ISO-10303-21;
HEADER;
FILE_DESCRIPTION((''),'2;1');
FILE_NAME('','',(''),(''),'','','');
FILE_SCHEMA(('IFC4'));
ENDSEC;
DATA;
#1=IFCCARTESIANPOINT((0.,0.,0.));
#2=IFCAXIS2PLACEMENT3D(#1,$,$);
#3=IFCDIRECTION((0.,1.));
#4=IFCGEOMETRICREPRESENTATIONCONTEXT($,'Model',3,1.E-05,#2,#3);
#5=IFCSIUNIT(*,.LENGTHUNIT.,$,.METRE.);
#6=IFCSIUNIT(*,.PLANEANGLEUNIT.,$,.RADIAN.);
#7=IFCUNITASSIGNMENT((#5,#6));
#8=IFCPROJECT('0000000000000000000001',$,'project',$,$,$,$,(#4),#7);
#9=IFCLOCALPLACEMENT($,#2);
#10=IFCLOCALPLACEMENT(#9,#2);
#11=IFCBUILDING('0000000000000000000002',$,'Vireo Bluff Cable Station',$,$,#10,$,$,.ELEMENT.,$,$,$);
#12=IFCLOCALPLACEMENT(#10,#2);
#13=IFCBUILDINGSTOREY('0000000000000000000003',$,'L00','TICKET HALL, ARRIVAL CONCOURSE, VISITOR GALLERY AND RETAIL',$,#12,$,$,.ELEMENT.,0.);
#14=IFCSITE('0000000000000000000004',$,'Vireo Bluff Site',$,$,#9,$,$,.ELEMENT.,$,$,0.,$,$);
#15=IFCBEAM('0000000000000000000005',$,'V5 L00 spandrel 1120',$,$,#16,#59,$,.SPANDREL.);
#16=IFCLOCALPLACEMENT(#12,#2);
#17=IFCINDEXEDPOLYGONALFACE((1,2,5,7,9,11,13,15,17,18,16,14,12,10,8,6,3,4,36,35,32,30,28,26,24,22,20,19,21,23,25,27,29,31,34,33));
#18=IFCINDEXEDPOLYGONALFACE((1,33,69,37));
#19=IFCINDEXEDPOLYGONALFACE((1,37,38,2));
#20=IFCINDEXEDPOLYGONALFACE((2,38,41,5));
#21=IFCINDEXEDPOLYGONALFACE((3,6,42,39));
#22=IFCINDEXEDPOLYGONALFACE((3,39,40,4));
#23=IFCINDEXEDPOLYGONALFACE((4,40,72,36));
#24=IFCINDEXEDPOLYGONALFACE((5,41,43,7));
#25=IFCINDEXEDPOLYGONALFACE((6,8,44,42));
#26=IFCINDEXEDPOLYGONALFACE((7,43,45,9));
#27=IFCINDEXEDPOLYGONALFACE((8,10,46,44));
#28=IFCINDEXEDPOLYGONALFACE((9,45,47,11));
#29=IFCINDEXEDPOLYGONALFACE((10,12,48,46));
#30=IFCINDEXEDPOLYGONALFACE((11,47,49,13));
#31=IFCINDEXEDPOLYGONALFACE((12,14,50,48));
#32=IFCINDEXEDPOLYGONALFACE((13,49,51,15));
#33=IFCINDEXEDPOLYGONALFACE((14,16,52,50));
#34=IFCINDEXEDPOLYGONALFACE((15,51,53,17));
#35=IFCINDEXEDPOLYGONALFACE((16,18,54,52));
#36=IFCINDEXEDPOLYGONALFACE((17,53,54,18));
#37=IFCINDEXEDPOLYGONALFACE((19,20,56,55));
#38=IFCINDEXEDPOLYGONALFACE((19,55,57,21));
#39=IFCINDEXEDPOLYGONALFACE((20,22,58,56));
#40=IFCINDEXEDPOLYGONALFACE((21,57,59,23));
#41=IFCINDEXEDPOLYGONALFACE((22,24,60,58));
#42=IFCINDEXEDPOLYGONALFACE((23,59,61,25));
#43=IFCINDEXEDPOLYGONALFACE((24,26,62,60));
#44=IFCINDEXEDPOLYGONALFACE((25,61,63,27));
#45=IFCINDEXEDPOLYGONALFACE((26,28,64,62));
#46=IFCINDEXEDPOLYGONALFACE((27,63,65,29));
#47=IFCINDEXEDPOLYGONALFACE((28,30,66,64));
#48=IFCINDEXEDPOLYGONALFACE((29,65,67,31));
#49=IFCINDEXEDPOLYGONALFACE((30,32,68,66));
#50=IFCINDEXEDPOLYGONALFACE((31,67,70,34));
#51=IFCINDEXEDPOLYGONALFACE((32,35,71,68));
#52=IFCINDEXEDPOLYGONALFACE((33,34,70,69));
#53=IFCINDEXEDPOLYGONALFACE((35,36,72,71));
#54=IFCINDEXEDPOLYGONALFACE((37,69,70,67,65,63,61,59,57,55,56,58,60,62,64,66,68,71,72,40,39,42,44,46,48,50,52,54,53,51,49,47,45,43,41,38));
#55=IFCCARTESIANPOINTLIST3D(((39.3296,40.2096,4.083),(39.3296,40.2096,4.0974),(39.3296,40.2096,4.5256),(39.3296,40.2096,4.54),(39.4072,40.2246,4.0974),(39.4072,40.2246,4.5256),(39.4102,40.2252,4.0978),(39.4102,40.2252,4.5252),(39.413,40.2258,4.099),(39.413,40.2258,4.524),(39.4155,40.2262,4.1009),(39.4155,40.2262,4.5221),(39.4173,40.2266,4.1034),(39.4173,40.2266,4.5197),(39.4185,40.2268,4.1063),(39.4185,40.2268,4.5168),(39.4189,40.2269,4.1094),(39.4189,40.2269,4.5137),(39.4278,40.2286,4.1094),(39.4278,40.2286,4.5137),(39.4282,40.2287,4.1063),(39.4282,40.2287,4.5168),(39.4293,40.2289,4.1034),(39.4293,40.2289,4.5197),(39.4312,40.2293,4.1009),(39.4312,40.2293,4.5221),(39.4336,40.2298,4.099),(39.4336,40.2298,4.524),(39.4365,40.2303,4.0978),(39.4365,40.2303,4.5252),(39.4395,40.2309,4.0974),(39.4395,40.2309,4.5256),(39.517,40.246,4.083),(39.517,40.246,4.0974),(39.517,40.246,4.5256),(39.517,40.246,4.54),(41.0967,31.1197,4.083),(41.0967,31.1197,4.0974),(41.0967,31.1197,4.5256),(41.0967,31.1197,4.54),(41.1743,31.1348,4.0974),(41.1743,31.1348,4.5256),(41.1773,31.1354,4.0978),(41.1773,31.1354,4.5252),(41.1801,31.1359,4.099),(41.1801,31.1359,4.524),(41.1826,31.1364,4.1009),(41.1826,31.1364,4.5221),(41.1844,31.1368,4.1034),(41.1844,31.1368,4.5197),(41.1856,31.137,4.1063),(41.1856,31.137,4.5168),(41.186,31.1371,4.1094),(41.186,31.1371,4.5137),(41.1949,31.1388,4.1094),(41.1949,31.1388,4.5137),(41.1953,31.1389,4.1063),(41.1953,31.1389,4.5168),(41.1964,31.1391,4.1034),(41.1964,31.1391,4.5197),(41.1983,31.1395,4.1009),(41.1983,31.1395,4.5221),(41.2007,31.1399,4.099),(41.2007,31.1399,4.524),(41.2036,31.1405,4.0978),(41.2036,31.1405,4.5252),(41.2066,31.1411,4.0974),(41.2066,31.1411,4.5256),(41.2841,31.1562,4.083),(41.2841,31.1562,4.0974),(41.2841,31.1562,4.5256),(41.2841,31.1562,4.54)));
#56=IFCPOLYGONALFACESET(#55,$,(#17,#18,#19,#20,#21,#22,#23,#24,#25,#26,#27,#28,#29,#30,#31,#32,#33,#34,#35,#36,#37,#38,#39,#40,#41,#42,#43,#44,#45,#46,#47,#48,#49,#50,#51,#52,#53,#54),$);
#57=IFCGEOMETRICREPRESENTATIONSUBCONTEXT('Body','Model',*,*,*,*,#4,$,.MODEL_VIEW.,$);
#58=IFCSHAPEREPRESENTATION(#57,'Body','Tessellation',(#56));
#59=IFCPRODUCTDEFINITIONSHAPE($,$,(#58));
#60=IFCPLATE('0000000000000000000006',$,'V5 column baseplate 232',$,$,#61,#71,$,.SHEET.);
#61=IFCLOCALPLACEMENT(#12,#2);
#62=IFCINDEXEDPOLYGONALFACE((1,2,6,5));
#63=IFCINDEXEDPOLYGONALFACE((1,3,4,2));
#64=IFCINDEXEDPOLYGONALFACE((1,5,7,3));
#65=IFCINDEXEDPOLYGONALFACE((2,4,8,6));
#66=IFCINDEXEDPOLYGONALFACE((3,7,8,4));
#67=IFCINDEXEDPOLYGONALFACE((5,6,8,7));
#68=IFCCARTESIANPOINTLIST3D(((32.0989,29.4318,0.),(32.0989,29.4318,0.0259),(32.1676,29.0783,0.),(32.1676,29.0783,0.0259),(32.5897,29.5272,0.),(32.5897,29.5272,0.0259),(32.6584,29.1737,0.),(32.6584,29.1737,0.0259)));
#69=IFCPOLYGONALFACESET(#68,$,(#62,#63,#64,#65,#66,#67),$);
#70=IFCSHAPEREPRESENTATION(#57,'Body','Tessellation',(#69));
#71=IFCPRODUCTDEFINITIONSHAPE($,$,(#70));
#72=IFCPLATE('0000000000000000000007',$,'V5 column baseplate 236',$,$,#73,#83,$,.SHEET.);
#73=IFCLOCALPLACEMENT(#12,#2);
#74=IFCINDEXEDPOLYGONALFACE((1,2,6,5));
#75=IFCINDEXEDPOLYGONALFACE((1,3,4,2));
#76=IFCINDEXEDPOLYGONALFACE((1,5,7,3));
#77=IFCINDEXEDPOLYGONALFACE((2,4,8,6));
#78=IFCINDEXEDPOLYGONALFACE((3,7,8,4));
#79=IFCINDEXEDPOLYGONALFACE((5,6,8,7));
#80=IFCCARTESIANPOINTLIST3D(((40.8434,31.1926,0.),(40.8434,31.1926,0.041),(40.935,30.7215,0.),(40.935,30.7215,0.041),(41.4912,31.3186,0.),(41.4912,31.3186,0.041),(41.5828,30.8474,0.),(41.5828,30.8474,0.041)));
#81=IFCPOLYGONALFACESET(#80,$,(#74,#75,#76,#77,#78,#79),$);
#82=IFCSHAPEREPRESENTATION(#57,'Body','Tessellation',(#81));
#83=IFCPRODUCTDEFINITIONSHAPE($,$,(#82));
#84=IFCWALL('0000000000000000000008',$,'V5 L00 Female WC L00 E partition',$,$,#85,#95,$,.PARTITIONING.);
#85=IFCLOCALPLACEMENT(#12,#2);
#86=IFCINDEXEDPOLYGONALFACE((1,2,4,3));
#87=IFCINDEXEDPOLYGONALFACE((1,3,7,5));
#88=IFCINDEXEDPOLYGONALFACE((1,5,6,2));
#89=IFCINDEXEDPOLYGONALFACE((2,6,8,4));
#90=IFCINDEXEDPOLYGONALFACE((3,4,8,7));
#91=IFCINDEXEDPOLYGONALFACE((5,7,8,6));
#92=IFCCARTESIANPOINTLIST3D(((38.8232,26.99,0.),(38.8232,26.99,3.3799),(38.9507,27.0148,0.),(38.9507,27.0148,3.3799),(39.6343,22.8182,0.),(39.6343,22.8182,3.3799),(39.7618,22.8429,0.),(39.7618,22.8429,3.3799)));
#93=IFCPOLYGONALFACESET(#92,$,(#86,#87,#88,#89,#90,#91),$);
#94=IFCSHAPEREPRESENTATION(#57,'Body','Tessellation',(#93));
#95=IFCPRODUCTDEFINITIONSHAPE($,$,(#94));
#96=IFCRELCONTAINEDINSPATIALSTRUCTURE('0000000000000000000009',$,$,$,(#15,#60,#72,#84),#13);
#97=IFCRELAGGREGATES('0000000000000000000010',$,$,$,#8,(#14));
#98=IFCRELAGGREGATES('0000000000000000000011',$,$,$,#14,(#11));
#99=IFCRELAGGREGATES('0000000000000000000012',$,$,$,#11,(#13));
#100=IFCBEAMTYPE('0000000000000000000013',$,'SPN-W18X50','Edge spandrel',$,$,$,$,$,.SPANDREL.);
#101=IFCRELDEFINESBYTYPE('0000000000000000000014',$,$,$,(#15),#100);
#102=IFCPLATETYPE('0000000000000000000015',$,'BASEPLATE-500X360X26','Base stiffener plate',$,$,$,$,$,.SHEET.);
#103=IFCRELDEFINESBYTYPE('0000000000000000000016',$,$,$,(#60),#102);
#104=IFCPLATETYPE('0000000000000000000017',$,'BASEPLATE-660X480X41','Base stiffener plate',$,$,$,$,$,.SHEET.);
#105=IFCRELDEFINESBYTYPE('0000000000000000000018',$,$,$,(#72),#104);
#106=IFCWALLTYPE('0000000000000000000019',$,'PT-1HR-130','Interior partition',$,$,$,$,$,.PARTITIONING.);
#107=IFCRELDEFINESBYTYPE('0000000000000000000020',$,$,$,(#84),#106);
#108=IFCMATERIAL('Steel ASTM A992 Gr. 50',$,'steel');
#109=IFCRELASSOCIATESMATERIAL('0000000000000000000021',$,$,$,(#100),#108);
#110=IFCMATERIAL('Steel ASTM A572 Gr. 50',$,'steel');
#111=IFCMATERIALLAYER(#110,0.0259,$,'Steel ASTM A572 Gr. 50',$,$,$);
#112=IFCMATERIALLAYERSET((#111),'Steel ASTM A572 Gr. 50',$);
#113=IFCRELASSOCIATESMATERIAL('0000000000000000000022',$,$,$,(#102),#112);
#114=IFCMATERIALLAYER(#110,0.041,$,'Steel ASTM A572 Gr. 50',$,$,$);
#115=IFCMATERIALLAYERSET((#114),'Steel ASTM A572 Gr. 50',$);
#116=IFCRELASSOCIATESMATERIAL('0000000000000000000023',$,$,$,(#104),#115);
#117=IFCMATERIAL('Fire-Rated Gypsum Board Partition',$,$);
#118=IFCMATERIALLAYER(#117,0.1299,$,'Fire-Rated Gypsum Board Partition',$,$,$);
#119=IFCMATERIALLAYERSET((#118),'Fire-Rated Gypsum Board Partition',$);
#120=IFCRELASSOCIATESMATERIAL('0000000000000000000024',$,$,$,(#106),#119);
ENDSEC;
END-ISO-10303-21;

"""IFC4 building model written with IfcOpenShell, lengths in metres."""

from ifc_helpers import new_model, si_unit, direction, frame, frame_2d, origin, origin_2d, place, context, subcontext, project, spatial, rectangle, i_section, extrude, material, layer, layer_set, material_profile, profile_set, type_object, element, save


model = new_model("IFC4")

# Units and contexts
model_context = context("Model", 3, precision=1e-05, world=origin(), true_north=direction((0.0, 1.0)))
body_context = subcontext(model_context, "Body", "Model", "MODEL_VIEW")
ifc_project = project(units=[si_unit("LENGTHUNIT", "METRE"), si_unit("PLANEANGLEUNIT", "RADIAN")], contexts=[model_context])

# Site, building, storey
site_placement = place(None, origin())
site = spatial("IfcSite", under=ifc_project, at=site_placement, Name="Vireo Bluff Site", CompositionType="ELEMENT", RefElevation=0.0)
building_placement = place(site_placement, origin())
building = spatial("IfcBuilding", under=site, at=building_placement, Name="Vireo Bluff Cable Station", CompositionType="ELEMENT")
storey_placement = place(building_placement, origin())
storey = spatial("IfcBuildingStorey", under=building, at=storey_placement, Name="L00", Description="TICKET HALL, ARRIVAL CONCOURSE, VISITOR GALLERY AND RETAIL", CompositionType="ELEMENT", Elevation=0.0)

# Shared definitions
ifc_material_1 = material(Name="Steel ASTM A992 Gr. 50", Category="steel")

# Beam
ifc_material_profile_1 = material_profile(ifc_material_1, i_section(OverallWidth=0.1909, OverallDepth=0.457, WebThickness=0.009, FlangeThickness=0.0144, FilletRadius=0.012, at=origin_2d()), Name="W18X50")
ifc_profile_set_1 = profile_set([ifc_material_profile_1], Name="Steel ASTM A992 Gr. 50")
beam_type_1 = type_object("IfcBeamType", Name="SPN-W18X50", Description="Edge spandrel", PredefinedType="SPANDREL", material=ifc_profile_set_1)
beam_1_placement = place(storey_placement, frame((41.1904, 31.1379, 4.3115), z_axis=(-0.19083, 0.981623, 0.0), x_axis=(-0.981623, -0.19083, 0.0)))
element("IfcBeam", 1, at=beam_1_placement, inside=storey, type_object=beam_type_1, Name="V5 L00 spandrel 1120", PredefinedType="SPANDREL", context=body_context, shape_type="SweptSolid", body=[
    extrude(i_section(OverallWidth=0.1909, OverallDepth=0.457, WebThickness=0.009, FlangeThickness=0.0144, FilletRadius=0.012, at=origin_2d()), origin(), (0.0, 0.0, 1.0), 9.26),
])

# Plates
ifc_material_2 = material(Name="Steel ASTM A572 Gr. 50", Category="steel")
ifc_layer_1 = layer(ifc_material_2, 0.0259, Name="Steel ASTM A572 Gr. 50")
ifc_layer_set_1 = layer_set([ifc_layer_1], Name="Steel ASTM A572 Gr. 50")
plate_type_1 = type_object("IfcPlateType", Name="BASEPLATE-500X360X26", Description="Base stiffener plate", PredefinedType="SHEET", material=ifc_layer_set_1)
plate_1_placement = place(storey_placement, frame((32.3787, 29.3027, 0.0), z_axis=(0.0, 0.0, 1.0), x_axis=(0.981627, 0.190809, 0.0)))
element("IfcPlate", 2, at=plate_1_placement, inside=storey, type_object=plate_type_1, Name="V5 column baseplate 232", PredefinedType="SHEET", context=body_context, shape_type="SweptSolid", body=[
    extrude(rectangle(XDim=0.5, YDim=0.3601, at=origin_2d()), origin(), (0.0, 0.0, 1.0), 0.0259),
])
ifc_layer_2 = layer(ifc_material_2, 0.041, Name="Steel ASTM A572 Gr. 50")
ifc_layer_set_2 = layer_set([ifc_layer_2], Name="Steel ASTM A572 Gr. 50")
plate_type_2 = type_object("IfcPlateType", Name="BASEPLATE-660X480X41", Description="Base stiffener plate", PredefinedType="SHEET", material=ifc_layer_set_2)
plate_2_placement = place(storey_placement, frame((41.2131, 31.02, 0.0), z_axis=(0.0, 0.0, 1.0), x_axis=(0.981627, 0.190809, 0.0)))
element("IfcPlate", 3, at=plate_2_placement, inside=storey, type_object=plate_type_2, Name="V5 column baseplate 236", PredefinedType="SHEET", context=body_context, shape_type="SweptSolid", body=[
    extrude(rectangle(XDim=0.6599, YDim=0.48, at=origin_2d()), origin(), (0.0, 0.0, 1.0), 0.041),
])

# Wall
ifc_material_3 = material(Name="Fire-Rated Gypsum Board Partition")
ifc_layer_3 = layer(ifc_material_3, 0.1299, Name="Fire-Rated Gypsum Board Partition")
ifc_layer_set_3 = layer_set([ifc_layer_3], Name="Fire-Rated Gypsum Board Partition")
wall_type_1 = type_object("IfcWallType", Name="PT-1HR-130", Description="Interior partition", PredefinedType="PARTITIONING", material=ifc_layer_set_3)
wall_1_placement = place(storey_placement, frame((38.887, 27.0024, 0.0), z_axis=(0.0, 0.0, 1.0), x_axis=(0.190833, -0.981623, 0.0)))
element("IfcWall", 4, at=wall_1_placement, inside=storey, type_object=wall_type_1, Name="V5 L00 Female WC L00 E partition", PredefinedType="PARTITIONING", context=body_context, shape_type="SweptSolid", body=[
    extrude(rectangle(XDim=4.25, YDim=0.1299, at=frame_2d((2.125, 0.0))), origin(), (0.0, 0.0, 1.0), 3.3799),
])

save(model, "model.ifc")
